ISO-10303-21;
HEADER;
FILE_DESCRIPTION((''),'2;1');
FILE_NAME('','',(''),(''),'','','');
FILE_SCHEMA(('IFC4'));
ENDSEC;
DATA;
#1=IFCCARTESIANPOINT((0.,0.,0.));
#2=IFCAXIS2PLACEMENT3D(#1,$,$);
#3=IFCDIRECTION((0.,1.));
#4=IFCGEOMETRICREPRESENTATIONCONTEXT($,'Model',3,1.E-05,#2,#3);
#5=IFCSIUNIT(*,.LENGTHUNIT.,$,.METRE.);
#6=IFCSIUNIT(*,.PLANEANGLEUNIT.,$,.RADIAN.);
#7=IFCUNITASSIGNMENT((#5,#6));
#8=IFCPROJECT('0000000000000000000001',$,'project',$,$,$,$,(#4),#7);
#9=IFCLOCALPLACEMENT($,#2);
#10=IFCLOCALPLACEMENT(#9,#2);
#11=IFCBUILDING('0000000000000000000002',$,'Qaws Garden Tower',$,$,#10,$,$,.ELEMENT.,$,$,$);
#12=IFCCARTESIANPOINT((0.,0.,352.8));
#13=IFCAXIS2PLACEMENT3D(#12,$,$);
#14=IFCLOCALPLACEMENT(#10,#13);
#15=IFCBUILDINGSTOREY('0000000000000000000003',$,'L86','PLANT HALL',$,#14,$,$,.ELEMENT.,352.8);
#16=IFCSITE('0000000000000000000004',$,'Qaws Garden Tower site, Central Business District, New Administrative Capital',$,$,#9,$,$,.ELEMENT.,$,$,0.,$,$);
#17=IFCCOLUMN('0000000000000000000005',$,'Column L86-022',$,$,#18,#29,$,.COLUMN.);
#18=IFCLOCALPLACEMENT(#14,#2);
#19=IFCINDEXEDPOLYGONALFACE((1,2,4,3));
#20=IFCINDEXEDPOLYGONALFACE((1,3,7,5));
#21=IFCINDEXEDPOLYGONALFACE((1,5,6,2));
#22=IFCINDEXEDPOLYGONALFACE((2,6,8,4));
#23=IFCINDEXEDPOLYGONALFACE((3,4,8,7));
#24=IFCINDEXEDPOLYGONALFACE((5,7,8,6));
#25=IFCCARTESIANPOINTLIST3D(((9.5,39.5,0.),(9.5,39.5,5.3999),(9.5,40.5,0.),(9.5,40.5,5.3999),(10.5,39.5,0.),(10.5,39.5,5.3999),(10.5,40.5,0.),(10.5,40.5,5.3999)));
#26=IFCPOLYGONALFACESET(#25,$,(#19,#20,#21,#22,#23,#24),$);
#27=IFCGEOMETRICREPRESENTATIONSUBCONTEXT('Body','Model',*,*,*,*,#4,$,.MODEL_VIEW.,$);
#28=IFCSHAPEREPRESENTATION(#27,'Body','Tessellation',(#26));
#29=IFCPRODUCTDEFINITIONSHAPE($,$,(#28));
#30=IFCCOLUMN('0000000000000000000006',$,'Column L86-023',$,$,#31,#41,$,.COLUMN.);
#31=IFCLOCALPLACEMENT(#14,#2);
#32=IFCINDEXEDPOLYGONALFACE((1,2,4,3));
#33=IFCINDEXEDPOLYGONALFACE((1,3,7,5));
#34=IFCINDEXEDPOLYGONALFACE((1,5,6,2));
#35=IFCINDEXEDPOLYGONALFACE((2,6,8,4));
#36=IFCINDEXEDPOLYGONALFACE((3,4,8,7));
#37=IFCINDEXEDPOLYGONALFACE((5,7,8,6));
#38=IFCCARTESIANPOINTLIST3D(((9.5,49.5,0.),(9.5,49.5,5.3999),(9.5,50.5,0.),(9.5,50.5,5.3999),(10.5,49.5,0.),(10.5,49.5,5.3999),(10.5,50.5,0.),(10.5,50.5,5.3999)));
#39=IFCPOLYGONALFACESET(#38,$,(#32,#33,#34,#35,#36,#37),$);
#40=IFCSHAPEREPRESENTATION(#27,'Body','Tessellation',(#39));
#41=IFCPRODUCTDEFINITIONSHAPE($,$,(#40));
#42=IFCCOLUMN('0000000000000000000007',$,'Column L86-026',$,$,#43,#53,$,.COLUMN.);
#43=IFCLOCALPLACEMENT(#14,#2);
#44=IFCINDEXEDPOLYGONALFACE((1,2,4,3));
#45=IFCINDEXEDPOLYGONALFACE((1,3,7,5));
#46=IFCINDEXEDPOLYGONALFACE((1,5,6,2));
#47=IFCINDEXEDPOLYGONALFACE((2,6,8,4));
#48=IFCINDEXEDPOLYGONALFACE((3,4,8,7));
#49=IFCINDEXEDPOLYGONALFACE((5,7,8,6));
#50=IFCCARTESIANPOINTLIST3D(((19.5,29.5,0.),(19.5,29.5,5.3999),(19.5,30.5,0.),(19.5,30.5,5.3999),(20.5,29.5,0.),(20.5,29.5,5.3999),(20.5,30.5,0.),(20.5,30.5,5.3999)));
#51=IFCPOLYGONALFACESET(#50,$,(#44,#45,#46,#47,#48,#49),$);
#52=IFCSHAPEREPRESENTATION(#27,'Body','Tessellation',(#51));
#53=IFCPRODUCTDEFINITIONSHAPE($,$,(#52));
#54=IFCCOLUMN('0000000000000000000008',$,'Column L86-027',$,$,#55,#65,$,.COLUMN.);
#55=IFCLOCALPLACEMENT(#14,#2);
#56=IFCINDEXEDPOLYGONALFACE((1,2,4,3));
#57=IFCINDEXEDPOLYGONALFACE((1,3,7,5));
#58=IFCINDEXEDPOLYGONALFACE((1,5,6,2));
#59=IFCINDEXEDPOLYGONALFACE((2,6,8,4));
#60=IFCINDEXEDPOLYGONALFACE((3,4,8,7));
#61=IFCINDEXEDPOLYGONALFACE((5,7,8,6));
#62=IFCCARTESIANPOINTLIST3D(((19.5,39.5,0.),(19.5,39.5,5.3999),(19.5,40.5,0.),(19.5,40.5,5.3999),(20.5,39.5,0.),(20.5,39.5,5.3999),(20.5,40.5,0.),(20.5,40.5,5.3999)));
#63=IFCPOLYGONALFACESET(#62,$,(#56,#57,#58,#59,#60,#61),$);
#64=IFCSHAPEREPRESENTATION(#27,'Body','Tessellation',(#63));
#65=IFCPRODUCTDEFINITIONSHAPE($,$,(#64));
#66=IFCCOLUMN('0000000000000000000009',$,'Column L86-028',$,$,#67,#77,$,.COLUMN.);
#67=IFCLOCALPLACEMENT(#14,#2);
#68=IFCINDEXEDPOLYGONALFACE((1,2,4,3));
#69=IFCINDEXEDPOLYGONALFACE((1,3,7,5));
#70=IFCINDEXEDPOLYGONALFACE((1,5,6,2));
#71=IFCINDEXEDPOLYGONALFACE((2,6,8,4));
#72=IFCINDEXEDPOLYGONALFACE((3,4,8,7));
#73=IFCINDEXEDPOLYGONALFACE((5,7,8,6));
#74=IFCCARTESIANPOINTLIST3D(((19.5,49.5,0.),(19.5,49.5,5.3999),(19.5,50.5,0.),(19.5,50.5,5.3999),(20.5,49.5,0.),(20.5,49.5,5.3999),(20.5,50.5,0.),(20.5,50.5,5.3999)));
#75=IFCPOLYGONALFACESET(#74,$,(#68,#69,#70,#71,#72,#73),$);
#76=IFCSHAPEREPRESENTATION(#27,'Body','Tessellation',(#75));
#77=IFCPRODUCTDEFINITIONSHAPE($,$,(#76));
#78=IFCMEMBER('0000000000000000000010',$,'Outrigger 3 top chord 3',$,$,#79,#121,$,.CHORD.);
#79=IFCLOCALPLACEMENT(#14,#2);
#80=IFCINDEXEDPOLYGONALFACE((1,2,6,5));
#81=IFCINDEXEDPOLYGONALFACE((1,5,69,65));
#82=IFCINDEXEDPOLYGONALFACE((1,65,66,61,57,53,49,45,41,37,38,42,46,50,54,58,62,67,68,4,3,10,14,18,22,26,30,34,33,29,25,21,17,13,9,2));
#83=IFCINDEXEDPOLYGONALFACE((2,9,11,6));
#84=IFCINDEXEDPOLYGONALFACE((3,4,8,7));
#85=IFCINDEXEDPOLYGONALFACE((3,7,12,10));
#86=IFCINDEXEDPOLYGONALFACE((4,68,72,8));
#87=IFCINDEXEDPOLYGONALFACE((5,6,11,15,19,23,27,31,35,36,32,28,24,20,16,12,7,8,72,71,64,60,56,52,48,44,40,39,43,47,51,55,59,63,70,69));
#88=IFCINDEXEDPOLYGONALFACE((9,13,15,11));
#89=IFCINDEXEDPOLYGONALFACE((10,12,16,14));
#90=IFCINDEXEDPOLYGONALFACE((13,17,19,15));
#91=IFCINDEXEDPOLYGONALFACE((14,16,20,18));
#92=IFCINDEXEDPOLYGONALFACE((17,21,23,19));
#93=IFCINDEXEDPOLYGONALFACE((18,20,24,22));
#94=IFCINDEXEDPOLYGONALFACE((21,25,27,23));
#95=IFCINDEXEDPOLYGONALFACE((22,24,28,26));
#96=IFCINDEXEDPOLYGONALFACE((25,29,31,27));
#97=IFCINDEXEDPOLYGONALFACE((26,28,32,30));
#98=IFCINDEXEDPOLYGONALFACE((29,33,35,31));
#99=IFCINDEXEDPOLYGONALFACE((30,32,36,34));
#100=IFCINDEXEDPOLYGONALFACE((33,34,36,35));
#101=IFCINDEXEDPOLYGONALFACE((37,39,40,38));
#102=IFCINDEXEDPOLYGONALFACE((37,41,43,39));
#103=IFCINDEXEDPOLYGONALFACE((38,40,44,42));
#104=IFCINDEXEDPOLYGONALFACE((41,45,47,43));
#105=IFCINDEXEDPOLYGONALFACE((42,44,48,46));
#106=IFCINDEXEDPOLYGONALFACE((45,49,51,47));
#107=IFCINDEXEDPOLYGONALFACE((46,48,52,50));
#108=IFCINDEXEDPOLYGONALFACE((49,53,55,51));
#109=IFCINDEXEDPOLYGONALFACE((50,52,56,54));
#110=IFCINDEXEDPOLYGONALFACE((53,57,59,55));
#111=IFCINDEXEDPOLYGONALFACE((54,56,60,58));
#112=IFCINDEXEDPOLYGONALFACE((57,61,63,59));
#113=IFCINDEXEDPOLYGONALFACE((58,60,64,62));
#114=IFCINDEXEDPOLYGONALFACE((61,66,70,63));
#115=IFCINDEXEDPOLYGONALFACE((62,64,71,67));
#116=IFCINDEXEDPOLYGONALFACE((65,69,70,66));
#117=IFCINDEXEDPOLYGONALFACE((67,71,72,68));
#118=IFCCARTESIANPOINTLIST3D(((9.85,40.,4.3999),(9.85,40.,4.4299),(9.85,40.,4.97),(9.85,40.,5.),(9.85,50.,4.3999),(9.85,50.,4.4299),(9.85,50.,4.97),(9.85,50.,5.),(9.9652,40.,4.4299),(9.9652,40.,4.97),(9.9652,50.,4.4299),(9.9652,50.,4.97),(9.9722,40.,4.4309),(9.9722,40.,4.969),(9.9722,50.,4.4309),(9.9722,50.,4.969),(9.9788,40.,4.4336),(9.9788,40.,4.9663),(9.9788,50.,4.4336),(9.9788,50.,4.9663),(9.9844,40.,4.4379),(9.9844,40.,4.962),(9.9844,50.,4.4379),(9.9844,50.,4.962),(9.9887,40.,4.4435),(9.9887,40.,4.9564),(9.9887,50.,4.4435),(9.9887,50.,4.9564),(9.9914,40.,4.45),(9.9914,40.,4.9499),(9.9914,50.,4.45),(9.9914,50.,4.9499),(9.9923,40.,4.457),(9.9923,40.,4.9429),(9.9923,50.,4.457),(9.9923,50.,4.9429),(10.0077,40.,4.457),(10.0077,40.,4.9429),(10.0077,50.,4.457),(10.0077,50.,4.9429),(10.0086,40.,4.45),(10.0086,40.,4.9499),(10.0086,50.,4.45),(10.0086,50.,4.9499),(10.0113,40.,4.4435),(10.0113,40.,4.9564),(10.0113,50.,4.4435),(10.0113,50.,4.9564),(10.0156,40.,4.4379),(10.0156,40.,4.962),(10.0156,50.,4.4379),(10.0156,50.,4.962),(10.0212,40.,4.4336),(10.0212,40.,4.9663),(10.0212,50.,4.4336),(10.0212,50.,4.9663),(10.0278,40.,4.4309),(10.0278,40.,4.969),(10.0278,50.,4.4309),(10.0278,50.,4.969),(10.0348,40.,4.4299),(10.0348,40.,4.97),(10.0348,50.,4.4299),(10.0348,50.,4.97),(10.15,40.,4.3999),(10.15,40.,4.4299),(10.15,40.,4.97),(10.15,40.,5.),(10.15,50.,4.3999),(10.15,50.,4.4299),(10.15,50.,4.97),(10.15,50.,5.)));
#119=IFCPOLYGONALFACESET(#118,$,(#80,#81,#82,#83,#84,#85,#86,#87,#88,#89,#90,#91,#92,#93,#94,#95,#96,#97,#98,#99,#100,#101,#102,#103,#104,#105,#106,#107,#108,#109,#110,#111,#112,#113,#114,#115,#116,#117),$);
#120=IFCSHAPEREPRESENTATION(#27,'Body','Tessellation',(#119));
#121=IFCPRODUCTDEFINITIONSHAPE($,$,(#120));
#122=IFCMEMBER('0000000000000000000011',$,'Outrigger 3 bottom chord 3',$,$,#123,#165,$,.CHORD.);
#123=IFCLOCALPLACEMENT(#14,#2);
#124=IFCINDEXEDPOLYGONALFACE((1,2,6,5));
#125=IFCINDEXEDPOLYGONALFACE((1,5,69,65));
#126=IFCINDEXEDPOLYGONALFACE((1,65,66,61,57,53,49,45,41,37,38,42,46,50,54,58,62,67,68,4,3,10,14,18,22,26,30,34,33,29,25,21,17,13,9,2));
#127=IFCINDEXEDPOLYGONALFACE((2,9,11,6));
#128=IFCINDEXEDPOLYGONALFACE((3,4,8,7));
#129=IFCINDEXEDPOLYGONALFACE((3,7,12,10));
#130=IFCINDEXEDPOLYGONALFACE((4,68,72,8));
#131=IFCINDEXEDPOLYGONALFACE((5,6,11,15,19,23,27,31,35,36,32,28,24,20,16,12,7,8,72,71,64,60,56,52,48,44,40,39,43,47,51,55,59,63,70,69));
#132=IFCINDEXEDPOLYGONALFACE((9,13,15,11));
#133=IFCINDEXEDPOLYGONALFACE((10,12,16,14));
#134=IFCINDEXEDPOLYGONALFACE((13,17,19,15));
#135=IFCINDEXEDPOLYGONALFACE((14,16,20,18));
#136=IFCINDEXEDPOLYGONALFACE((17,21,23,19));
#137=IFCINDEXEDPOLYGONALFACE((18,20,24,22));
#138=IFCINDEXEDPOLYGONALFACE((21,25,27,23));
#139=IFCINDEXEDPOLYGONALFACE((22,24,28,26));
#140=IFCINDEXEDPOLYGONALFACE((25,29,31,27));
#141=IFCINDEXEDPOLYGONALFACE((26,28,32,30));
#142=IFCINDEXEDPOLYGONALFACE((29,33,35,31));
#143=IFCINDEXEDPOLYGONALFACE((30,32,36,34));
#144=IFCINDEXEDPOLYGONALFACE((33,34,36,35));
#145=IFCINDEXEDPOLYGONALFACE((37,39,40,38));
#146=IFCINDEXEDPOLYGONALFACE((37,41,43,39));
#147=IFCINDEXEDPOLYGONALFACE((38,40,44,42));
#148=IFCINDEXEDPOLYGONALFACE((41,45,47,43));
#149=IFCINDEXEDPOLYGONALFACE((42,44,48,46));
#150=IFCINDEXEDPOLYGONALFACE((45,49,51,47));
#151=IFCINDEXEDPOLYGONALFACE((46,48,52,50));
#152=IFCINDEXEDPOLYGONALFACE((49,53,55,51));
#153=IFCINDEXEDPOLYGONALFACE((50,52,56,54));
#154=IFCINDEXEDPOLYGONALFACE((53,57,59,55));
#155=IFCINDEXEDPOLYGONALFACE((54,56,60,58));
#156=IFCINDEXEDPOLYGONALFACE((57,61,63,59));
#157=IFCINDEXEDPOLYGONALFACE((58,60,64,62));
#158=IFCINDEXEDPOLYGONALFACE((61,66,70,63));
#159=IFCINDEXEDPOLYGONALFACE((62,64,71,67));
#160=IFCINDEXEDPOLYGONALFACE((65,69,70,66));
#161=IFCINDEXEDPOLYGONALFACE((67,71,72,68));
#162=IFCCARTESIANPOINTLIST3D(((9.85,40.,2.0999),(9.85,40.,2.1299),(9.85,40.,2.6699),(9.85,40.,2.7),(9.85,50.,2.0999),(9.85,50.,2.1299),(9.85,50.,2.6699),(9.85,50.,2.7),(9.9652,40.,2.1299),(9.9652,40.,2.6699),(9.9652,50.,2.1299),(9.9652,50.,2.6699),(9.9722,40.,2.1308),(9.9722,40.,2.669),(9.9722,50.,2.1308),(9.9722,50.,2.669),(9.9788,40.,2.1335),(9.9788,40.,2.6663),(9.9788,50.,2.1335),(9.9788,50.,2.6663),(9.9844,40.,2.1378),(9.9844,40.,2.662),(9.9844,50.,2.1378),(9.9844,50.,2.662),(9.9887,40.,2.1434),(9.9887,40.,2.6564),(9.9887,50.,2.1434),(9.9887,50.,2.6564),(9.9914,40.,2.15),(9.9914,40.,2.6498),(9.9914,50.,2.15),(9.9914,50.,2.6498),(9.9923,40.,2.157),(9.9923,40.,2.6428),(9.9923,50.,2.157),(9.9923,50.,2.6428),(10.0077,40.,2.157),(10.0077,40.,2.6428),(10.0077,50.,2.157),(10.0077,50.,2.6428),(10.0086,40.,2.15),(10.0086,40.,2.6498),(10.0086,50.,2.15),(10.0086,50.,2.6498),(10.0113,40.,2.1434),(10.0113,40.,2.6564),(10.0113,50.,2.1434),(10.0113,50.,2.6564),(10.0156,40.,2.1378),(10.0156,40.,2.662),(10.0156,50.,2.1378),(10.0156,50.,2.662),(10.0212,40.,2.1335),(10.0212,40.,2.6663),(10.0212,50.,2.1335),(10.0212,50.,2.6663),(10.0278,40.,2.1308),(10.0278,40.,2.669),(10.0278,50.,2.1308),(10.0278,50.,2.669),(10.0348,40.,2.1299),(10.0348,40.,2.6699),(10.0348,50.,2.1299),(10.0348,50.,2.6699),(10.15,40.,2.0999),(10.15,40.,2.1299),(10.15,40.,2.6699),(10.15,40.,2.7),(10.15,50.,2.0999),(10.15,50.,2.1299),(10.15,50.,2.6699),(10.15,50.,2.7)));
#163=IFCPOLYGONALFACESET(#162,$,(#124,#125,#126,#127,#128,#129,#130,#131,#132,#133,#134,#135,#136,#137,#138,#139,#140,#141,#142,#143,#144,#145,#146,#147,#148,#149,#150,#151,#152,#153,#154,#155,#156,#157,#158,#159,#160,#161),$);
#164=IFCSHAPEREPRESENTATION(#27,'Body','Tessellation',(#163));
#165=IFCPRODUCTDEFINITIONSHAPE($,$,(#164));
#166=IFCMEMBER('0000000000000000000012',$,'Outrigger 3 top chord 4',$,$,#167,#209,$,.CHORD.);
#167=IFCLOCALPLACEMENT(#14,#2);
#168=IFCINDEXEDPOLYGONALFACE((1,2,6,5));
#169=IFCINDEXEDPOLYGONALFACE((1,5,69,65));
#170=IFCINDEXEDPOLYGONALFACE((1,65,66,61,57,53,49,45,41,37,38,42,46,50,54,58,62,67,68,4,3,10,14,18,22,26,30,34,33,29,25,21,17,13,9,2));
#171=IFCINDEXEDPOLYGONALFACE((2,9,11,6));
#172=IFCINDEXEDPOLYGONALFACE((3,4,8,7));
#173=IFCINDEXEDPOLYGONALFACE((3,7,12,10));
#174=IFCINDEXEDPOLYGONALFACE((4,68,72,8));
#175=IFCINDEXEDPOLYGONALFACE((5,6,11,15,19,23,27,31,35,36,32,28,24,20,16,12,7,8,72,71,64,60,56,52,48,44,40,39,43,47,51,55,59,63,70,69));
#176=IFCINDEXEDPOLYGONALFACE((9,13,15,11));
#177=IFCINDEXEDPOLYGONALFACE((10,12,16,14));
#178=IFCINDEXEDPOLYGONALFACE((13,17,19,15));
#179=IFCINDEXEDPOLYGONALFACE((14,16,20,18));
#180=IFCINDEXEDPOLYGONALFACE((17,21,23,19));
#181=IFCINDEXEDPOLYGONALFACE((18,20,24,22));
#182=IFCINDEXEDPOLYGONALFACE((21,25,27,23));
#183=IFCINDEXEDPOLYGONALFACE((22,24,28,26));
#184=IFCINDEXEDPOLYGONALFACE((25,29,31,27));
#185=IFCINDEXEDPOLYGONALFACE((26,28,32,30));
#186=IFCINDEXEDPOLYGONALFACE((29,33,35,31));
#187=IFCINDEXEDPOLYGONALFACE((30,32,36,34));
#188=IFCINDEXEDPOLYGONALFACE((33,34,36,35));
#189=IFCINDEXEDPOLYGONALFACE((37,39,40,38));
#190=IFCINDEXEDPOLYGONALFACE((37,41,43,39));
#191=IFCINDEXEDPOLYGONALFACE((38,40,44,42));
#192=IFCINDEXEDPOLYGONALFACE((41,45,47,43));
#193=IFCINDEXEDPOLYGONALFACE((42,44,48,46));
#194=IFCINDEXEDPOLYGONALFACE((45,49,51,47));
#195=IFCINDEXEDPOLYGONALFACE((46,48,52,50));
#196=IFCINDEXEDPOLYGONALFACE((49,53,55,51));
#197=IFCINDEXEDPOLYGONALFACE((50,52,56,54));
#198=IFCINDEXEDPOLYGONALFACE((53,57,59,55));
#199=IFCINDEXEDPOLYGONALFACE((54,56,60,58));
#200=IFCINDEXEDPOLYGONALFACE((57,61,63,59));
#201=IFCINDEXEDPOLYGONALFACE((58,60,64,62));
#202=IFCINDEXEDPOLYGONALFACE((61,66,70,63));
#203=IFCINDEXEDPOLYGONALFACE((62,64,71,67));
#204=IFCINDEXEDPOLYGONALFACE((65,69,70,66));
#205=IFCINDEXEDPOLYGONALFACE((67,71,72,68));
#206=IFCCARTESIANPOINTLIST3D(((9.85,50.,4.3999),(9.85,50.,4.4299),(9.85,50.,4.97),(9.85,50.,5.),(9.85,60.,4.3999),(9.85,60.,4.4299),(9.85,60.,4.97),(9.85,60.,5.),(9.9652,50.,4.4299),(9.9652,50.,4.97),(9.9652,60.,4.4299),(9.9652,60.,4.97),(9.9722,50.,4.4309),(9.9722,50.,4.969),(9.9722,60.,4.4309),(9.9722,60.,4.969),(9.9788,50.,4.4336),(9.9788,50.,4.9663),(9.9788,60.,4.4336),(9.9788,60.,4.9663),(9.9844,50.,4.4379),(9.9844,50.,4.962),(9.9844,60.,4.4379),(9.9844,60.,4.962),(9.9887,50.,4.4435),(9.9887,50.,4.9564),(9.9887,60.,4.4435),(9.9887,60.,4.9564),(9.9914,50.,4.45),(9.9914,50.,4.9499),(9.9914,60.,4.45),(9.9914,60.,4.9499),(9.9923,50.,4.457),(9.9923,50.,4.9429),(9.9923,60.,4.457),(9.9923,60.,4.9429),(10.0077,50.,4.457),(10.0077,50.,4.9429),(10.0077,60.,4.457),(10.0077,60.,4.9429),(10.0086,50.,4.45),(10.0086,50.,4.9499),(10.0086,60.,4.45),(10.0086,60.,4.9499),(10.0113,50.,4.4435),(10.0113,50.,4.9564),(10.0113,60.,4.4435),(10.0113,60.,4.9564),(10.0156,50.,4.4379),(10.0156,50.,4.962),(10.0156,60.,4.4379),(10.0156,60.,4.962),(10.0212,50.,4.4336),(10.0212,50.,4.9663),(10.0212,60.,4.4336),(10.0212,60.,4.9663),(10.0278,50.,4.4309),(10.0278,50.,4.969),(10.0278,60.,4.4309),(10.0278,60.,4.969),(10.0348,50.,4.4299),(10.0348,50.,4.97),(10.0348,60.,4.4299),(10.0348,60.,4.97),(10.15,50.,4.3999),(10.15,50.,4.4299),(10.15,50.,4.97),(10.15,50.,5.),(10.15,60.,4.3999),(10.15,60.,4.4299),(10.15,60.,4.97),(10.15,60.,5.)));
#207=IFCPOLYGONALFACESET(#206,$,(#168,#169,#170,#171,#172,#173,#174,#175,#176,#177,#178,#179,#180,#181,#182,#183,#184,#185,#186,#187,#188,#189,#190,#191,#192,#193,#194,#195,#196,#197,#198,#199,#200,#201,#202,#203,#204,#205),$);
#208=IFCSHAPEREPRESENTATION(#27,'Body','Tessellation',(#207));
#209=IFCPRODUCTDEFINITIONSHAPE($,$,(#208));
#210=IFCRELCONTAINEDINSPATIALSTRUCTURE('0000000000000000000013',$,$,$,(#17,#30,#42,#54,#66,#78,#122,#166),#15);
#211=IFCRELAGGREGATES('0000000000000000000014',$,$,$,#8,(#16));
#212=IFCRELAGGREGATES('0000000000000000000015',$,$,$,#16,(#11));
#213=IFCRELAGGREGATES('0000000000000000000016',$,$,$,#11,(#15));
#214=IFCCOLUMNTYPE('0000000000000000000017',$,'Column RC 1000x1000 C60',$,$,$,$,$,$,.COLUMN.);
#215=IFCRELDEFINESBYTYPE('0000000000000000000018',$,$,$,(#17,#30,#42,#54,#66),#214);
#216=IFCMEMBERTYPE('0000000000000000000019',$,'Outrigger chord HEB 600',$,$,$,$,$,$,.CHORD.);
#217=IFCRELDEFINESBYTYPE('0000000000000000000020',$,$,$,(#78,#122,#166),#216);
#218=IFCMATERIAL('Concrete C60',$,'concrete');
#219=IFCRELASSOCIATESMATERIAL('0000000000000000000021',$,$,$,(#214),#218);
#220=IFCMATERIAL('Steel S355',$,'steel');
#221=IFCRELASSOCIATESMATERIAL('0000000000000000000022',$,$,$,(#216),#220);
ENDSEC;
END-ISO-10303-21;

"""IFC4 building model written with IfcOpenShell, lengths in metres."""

from ifc_helpers import new_model, si_unit, direction, frame, origin, origin_2d, place, context, subcontext, project, spatial, rectangle, i_section, extrude, material, material_profile, profile_set, type_object, element, save


model = new_model("IFC4")

# Units and contexts
model_context = context("Model", 3, precision=1e-05, world=origin(), true_north=direction((0.0, 1.0)))
body_context = subcontext(model_context, "Body", "Model", "MODEL_VIEW")
ifc_project = project(units=[si_unit("LENGTHUNIT", "METRE"), si_unit("PLANEANGLEUNIT", "RADIAN")], contexts=[model_context])

# Site, building, storey
site_placement = place(None, origin())
site = spatial("IfcSite", under=ifc_project, at=site_placement, Name="Qaws Garden Tower site, Central Business District, New Administrative Capital", CompositionType="ELEMENT", RefElevation=0.0)
building_placement = place(site_placement, origin())
building = spatial("IfcBuilding", under=site, at=building_placement, Name="Qaws Garden Tower", CompositionType="ELEMENT")
storey_placement = place(building_placement, frame((0.0, 0.0, 352.8)))
storey = spatial("IfcBuildingStorey", under=building, at=storey_placement, Name="L86", Description="PLANT HALL", CompositionType="ELEMENT", Elevation=352.8)

# Columns
ifc_material_1 = material(Name="Concrete C60", Category="concrete")
ifc_material_profile_1 = material_profile(ifc_material_1, rectangle(XDim=1.0, YDim=1.0, at=origin_2d()), Name="RC 1000x1000")
ifc_profile_set_1 = profile_set([ifc_material_profile_1], Name="Concrete C60")
column_type = type_object("IfcColumnType", Name="Column RC 1000x1000 C60", PredefinedType="COLUMN", material=ifc_profile_set_1)
for number, where, z_axis, x_axis, name in (
    (1, (10.0, 40.0, 0.0), (0.0, 0.0, 1.0), (1.0, 0.0, 0.0), "Column L86-022"),
    (2, (10.0, 50.0, 0.0), (0.0, 0.0, 1.0), (1.0, 0.0, 0.0), "Column L86-023"),
    (3, (20.0, 30.0, 0.0), (0.0, 0.0, 1.0), (1.0, 0.0, 0.0), "Column L86-026"),
    (4, (20.0, 40.0, 0.0), (0.0, 0.0, 1.0), (1.0, 0.0, 0.0), "Column L86-027"),
    (5, (20.0, 50.0, 0.0), (0.0, 0.0, 1.0), (1.0, 0.0, 0.0), "Column L86-028"),
):
    element("IfcColumn", number, at=place(storey_placement, frame(where, z_axis=z_axis, x_axis=x_axis)), inside=storey, type_object=column_type, Name=name, PredefinedType="COLUMN", context=body_context, shape_type="SweptSolid", body=[
        extrude(rectangle(XDim=1.0, YDim=1.0, at=origin_2d()), origin(), (0.0, 0.0, 1.0), 5.3999),
    ])

# Members
ifc_material_2 = material(Name="Steel S355", Category="steel")
ifc_material_profile_2 = material_profile(ifc_material_2, i_section(OverallWidth=0.3, OverallDepth=0.6001, WebThickness=0.0154, FlangeThickness=0.03, FilletRadius=0.0271, at=origin_2d()), Name="HEB 600")
ifc_profile_set_2 = profile_set([ifc_material_profile_2], Name="Steel S355")
member_type_1 = type_object("IfcMemberType", Name="Outrigger chord HEB 600", PredefinedType="CHORD", material=ifc_profile_set_2)
for number, where, z_axis, x_axis, name in (
    (6, (10.0, 40.0, 4.7), (0.0, 1.0, 0.0), (-1.0, 0.0, 0.0), "Outrigger 3 top chord 3"),
    (7, (10.0, 40.0, 2.3999), (0.0, 1.0, 0.0), (-1.0, 0.0, 0.0), "Outrigger 3 bottom chord 3"),
    (8, (10.0, 50.0, 4.7), (0.0, 1.0, 0.0), (-1.0, 0.0, 0.0), "Outrigger 3 top chord 4"),
):
    element("IfcMember", number, at=place(storey_placement, frame(where, z_axis=z_axis, x_axis=x_axis)), inside=storey, type_object=member_type_1, Name=name, PredefinedType="CHORD", context=body_context, shape_type="SweptSolid", body=[
        extrude(i_section(OverallWidth=0.3, OverallDepth=0.6001, WebThickness=0.0154, FlangeThickness=0.03, FilletRadius=0.0271, at=origin_2d()), origin(), (0.0, 0.0, 1.0), 10.0),
    ])

save(model, "model.ifc")
